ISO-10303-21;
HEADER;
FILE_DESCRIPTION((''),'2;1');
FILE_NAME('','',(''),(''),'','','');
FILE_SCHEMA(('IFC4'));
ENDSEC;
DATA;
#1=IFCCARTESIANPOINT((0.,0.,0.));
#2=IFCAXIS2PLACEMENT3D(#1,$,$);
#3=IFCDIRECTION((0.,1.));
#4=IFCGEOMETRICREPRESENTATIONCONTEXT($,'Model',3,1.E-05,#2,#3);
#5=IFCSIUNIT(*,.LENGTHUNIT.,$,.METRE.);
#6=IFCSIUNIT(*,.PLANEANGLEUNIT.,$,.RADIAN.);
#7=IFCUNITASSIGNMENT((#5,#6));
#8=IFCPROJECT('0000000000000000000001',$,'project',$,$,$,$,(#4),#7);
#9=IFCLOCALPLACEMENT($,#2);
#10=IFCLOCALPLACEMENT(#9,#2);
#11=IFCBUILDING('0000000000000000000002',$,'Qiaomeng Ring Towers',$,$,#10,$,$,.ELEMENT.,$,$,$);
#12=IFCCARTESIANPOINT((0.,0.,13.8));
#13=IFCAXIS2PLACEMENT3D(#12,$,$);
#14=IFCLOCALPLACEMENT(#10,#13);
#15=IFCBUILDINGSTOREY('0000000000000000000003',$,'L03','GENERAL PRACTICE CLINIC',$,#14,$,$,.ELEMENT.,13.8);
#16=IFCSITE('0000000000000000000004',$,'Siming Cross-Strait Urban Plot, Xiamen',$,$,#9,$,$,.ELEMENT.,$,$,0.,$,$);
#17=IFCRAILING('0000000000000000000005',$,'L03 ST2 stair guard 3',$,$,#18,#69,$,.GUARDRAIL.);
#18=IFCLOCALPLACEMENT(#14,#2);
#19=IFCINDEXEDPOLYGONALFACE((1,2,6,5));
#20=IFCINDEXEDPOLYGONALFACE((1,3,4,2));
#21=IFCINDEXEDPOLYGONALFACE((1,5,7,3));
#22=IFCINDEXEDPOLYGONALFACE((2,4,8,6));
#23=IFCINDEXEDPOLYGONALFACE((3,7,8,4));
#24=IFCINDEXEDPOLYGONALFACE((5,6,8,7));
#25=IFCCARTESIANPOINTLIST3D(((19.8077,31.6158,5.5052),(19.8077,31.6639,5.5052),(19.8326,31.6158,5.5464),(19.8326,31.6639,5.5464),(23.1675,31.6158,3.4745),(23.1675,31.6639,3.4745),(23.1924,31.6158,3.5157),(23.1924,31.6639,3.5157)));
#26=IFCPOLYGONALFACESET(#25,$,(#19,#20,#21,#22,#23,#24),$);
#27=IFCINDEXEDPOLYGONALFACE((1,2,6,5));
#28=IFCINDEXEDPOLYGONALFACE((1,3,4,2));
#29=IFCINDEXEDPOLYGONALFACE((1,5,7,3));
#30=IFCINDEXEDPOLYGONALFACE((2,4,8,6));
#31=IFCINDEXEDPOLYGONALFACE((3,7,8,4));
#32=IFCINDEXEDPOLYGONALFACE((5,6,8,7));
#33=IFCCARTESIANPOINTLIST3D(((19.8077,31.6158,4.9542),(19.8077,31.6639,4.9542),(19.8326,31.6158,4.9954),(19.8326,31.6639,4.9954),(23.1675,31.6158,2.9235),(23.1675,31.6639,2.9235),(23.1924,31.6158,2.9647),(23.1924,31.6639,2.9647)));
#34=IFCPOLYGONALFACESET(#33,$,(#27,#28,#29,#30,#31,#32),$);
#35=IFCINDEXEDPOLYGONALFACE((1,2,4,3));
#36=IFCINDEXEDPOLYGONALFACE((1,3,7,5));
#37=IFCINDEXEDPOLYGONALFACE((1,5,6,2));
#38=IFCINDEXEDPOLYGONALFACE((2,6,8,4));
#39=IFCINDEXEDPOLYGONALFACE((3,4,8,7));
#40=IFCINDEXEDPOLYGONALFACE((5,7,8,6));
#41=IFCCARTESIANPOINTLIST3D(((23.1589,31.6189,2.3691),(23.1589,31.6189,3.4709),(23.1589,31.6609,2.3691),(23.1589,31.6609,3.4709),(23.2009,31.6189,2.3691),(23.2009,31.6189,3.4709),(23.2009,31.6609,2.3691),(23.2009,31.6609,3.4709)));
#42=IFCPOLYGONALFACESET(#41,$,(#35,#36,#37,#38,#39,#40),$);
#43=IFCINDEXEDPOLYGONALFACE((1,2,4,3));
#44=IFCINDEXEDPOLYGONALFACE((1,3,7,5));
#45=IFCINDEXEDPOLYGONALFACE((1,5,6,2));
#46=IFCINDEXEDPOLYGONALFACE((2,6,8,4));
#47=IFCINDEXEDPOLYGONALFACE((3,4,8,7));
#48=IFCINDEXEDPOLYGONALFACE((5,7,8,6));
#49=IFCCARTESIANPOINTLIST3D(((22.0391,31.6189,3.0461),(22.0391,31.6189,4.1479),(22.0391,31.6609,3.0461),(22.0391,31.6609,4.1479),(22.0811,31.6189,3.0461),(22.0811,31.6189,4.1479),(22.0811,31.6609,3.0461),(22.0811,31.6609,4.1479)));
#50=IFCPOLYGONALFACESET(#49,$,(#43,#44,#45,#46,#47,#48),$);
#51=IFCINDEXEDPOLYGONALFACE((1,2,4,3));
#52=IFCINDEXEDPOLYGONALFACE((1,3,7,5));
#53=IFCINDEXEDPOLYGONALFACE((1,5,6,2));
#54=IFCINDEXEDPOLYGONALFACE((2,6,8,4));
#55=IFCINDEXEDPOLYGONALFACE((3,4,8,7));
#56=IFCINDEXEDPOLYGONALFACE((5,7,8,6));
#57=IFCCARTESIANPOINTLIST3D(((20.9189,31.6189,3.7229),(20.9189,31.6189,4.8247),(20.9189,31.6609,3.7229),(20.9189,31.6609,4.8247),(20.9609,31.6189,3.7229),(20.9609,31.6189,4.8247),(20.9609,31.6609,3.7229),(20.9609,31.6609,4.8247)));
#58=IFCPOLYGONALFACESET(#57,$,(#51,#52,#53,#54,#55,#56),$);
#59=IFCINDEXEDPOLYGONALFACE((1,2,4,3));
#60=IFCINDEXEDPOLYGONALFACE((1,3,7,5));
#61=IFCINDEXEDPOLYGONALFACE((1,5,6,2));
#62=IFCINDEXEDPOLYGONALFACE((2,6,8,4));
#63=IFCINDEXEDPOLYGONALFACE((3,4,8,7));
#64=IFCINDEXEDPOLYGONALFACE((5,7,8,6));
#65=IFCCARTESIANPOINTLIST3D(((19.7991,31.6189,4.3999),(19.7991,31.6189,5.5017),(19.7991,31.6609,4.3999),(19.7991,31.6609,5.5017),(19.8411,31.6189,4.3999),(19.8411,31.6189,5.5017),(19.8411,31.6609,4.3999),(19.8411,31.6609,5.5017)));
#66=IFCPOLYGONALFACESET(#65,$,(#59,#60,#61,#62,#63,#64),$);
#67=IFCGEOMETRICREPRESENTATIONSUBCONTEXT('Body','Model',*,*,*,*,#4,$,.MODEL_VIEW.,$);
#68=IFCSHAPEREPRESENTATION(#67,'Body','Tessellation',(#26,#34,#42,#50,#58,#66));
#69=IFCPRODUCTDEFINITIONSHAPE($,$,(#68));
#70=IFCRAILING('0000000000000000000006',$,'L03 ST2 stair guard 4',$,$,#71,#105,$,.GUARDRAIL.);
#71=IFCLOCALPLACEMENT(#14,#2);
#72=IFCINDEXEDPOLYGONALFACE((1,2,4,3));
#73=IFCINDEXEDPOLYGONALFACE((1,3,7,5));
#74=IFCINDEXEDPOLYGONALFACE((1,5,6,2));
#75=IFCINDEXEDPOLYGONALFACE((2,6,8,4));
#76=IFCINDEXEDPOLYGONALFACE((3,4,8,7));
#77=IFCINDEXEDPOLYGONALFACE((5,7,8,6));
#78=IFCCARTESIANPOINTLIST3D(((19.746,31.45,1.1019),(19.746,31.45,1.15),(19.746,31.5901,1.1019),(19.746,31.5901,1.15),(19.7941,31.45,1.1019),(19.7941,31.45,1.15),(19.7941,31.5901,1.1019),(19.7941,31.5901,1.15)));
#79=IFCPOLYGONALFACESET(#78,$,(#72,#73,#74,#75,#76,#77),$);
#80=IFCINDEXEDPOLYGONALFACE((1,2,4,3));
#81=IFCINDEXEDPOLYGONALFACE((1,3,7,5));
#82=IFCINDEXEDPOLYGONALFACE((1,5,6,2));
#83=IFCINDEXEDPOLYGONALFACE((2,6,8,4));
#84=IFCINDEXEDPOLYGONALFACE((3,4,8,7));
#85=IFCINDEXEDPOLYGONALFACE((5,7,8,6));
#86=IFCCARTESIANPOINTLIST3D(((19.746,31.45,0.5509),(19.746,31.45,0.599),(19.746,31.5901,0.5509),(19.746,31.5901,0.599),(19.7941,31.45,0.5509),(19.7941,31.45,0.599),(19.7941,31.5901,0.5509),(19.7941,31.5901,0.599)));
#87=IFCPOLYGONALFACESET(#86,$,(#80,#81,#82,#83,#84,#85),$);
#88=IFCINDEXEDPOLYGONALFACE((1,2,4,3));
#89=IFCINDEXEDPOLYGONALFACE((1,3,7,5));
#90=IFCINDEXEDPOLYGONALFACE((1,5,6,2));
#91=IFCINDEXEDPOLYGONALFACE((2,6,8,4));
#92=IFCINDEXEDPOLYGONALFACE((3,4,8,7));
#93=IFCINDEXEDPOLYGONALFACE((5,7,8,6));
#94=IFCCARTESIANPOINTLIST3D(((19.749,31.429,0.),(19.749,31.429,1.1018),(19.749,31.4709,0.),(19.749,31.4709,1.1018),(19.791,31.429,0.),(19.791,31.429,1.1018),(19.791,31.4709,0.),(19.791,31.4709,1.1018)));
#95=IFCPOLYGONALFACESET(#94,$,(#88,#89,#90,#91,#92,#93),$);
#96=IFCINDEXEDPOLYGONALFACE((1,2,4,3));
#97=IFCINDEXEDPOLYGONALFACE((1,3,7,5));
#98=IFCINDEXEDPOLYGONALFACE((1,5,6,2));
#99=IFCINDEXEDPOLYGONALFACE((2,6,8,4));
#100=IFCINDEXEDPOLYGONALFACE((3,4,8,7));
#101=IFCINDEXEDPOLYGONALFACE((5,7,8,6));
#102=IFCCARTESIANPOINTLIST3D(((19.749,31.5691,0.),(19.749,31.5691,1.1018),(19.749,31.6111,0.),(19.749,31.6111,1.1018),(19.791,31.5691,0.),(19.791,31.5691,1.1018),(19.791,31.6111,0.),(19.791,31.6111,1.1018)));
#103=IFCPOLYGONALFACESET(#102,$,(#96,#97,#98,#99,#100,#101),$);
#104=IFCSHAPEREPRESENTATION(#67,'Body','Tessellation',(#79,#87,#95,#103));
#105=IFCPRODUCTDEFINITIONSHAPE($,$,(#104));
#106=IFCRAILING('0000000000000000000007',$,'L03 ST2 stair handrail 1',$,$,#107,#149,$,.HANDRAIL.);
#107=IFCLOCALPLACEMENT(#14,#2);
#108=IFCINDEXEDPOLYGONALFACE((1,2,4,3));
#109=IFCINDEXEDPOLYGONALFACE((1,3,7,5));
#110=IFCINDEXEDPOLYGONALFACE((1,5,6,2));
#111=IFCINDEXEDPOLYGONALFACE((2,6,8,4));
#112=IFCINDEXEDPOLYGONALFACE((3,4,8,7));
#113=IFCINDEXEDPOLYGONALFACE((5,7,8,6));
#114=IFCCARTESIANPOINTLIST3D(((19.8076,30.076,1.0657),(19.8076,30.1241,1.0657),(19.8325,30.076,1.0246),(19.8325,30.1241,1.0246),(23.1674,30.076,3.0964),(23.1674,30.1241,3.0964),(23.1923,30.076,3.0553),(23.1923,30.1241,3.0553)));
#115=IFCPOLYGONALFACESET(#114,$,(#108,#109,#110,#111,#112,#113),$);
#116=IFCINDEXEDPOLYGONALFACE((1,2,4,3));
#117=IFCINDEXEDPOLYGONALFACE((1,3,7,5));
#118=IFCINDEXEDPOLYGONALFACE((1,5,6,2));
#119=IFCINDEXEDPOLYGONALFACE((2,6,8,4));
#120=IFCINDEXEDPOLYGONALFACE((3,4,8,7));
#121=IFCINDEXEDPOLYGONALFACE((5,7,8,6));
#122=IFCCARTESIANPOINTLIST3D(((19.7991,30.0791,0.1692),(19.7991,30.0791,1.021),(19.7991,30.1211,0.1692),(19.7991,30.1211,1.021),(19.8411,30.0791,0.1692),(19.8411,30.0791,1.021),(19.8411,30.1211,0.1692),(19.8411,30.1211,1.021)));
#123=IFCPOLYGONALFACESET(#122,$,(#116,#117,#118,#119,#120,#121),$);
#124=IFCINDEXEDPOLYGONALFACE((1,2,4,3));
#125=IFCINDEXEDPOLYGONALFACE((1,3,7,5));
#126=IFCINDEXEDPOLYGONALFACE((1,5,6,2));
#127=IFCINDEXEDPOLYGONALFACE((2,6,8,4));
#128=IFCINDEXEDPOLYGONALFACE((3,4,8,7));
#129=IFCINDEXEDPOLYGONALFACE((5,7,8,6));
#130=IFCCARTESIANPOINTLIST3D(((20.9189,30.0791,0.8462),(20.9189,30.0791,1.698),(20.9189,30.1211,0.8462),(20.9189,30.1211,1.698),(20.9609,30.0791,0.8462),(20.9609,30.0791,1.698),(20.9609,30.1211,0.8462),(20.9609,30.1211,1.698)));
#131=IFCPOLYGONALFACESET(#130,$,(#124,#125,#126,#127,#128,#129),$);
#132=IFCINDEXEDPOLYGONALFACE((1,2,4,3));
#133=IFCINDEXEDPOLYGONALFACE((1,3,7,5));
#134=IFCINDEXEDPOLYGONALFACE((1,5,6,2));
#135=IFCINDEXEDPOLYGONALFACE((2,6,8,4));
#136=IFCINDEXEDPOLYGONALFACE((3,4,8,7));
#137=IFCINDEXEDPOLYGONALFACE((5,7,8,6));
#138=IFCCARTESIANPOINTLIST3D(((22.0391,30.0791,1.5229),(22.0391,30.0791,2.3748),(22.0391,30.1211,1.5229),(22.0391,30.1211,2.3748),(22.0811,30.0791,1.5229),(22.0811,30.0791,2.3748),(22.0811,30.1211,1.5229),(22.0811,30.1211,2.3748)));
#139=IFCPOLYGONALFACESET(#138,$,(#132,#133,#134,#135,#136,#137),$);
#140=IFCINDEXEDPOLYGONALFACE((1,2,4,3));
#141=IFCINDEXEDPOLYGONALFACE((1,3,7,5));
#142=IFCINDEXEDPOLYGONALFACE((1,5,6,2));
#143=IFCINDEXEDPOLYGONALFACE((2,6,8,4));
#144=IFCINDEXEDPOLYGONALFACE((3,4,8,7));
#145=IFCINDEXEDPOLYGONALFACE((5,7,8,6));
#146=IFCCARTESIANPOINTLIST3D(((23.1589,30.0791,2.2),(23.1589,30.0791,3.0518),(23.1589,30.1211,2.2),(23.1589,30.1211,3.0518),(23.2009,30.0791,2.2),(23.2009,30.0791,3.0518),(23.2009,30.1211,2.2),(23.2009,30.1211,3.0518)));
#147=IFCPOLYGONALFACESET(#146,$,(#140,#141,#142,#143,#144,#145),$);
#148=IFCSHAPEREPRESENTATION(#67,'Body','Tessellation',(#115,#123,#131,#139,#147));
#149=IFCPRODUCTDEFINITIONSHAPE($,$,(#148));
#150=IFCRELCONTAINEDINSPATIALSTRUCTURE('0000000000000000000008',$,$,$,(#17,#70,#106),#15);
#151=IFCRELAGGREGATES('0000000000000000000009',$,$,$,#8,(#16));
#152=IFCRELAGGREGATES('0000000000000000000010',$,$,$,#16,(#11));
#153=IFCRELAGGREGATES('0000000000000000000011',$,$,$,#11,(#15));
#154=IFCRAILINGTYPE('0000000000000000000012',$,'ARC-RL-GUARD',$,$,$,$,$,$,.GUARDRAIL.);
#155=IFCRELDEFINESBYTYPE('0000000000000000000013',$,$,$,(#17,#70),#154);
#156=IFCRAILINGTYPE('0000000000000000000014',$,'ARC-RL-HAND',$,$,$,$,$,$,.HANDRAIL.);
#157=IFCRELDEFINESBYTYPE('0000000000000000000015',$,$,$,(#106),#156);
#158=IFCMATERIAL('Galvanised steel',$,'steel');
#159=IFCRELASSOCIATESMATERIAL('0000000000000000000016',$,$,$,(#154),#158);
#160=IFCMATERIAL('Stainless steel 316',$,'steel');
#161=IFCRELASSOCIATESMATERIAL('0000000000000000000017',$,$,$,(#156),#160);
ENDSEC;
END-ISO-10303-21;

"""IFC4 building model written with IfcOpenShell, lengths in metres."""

from ifc_helpers import new_model, si_unit, direction, frame, origin, origin_2d, place, context, subcontext, project, spatial, rectangle, extrude, material, type_object, element, save


model = new_model("IFC4")

# Units and contexts
model_context = context("Model", 3, precision=1e-05, world=origin(), true_north=direction((0.0, 1.0)))
body_context = subcontext(model_context, "Body", "Model", "MODEL_VIEW")
ifc_project = project(units=[si_unit("LENGTHUNIT", "METRE"), si_unit("PLANEANGLEUNIT", "RADIAN")], contexts=[model_context])

# Site, building, storey
site_placement = place(None, origin())
site = spatial("IfcSite", under=ifc_project, at=site_placement, Name="Siming Cross-Strait Urban Plot, Xiamen", CompositionType="ELEMENT", RefElevation=0.0)
building_placement = place(site_placement, origin())
building = spatial("IfcBuilding", under=site, at=building_placement, Name="Qiaomeng Ring Towers", CompositionType="ELEMENT")
storey_placement = place(building_placement, frame((0.0, 0.0, 13.8)))
storey = spatial("IfcBuildingStorey", under=building, at=storey_placement, Name="L03", Description="GENERAL PRACTICE CLINIC", CompositionType="ELEMENT", Elevation=13.8)

# Shared definitions
ifc_material_1 = material(Name="Galvanised steel", Category="steel")

# Shared definitions
ifc_material_2 = material(Name="Stainless steel 316", Category="steel")

# Railings
railing_type_1 = type_object("IfcRailingType", Name="ARC-RL-GUARD", PredefinedType="GUARDRAIL", material=ifc_material_1)
railing_1_placement = place(storey_placement, frame((23.1799, 31.6399, 2.3691)))
element("IfcRailing", 1, at=railing_1_placement, inside=storey, type_object=railing_type_1, Name="L03 ST2 stair guard 3", PredefinedType="GUARDRAIL", context=body_context, shape_type="SweptSolid", body=[
    extrude(rectangle(XDim=0.0481, YDim=0.0481, at=origin_2d()), frame((0.0, 0.0, 1.126), z_axis=(-0.85582, 0.0, 0.517273), x_axis=(0.0, -1.0, 0.0)), (0.0, 0.0, 1.0), 3.9258),
    extrude(rectangle(XDim=0.0481, YDim=0.0481, at=origin_2d()), frame((0.0, 0.0, 0.575), z_axis=(-0.85582, 0.0, 0.517273), x_axis=(0.0, -1.0, 0.0)), (0.0, 0.0, 1.0), 3.9258),
    extrude(rectangle(XDim=0.042, YDim=0.042, at=origin_2d()), origin(), (0.0, 0.0, 1.0), 1.1018),
    extrude(rectangle(XDim=0.042, YDim=0.042, at=origin_2d()), frame((-1.1199, 0.0, 0.677)), (0.0, 0.0, 1.0), 1.1018),
    extrude(rectangle(XDim=0.042, YDim=0.042, at=origin_2d()), frame((-2.24, 0.0, 1.3538)), (0.0, 0.0, 1.0), 1.1018),
    extrude(rectangle(XDim=0.042, YDim=0.042, at=origin_2d()), frame((-3.3599, 0.0, 2.0308)), (0.0, 0.0, 1.0), 1.1018),
])
railing_2_placement = place(storey_placement, frame((19.77, 31.45, 0.0)))
element("IfcRailing", 2, at=railing_2_placement, inside=storey, type_object=railing_type_1, Name="L03 ST2 stair guard 4", PredefinedType="GUARDRAIL", context=body_context, shape_type="SweptSolid", body=[
    extrude(rectangle(XDim=0.0481, YDim=0.0481, at=origin_2d()), frame((0.0, 0.0, 1.126), z_axis=(0.0, 1.0, 0.0), x_axis=(-1.0, 0.0, 0.0)), (0.0, 0.0, 1.0), 0.1401),
    extrude(rectangle(XDim=0.0481, YDim=0.0481, at=origin_2d()), frame((0.0, 0.0, 0.575), z_axis=(0.0, 1.0, 0.0), x_axis=(-1.0, 0.0, 0.0)), (0.0, 0.0, 1.0), 0.1401),
    extrude(rectangle(XDim=0.042, YDim=0.042, at=origin_2d()), origin(), (0.0, 0.0, 1.0), 1.1018),
    extrude(rectangle(XDim=0.042, YDim=0.042, at=origin_2d()), frame((0.0, 0.1401, 0.0)), (0.0, 0.0, 1.0), 1.1018),
])
railing_type_2 = type_object("IfcRailingType", Name="ARC-RL-HAND", PredefinedType="HANDRAIL", material=ifc_material_2)
railing_3_placement = place(storey_placement, frame((19.8201, 30.1001, 0.1692)))
element("IfcRailing", 3, at=railing_3_placement, inside=storey, type_object=railing_type_2, Name="L03 ST2 stair handrail 1", PredefinedType="HANDRAIL", context=body_context, shape_type="SweptSolid", body=[
    extrude(rectangle(XDim=0.0481, YDim=0.0481, at=origin_2d()), frame((0.0, 0.0, 0.876), z_axis=(0.85582, 0.0, 0.517273), x_axis=(0.0, 1.0, 0.0)), (0.0, 0.0, 1.0), 3.9258),
    extrude(rectangle(XDim=0.042, YDim=0.042, at=origin_2d()), origin(), (0.0, 0.0, 1.0), 0.8518),
    extrude(rectangle(XDim=0.042, YDim=0.042, at=origin_2d()), frame((1.1199, 0.0, 0.677)), (0.0, 0.0, 1.0), 0.8518),
    extrude(rectangle(XDim=0.042, YDim=0.042, at=origin_2d()), frame((2.24, 0.0, 1.3538)), (0.0, 0.0, 1.0), 0.8518),
    extrude(rectangle(XDim=0.042, YDim=0.042, at=origin_2d()), frame((3.3599, 0.0, 2.0308)), (0.0, 0.0, 1.0), 0.8518),
])

save(model, "model.ifc")
